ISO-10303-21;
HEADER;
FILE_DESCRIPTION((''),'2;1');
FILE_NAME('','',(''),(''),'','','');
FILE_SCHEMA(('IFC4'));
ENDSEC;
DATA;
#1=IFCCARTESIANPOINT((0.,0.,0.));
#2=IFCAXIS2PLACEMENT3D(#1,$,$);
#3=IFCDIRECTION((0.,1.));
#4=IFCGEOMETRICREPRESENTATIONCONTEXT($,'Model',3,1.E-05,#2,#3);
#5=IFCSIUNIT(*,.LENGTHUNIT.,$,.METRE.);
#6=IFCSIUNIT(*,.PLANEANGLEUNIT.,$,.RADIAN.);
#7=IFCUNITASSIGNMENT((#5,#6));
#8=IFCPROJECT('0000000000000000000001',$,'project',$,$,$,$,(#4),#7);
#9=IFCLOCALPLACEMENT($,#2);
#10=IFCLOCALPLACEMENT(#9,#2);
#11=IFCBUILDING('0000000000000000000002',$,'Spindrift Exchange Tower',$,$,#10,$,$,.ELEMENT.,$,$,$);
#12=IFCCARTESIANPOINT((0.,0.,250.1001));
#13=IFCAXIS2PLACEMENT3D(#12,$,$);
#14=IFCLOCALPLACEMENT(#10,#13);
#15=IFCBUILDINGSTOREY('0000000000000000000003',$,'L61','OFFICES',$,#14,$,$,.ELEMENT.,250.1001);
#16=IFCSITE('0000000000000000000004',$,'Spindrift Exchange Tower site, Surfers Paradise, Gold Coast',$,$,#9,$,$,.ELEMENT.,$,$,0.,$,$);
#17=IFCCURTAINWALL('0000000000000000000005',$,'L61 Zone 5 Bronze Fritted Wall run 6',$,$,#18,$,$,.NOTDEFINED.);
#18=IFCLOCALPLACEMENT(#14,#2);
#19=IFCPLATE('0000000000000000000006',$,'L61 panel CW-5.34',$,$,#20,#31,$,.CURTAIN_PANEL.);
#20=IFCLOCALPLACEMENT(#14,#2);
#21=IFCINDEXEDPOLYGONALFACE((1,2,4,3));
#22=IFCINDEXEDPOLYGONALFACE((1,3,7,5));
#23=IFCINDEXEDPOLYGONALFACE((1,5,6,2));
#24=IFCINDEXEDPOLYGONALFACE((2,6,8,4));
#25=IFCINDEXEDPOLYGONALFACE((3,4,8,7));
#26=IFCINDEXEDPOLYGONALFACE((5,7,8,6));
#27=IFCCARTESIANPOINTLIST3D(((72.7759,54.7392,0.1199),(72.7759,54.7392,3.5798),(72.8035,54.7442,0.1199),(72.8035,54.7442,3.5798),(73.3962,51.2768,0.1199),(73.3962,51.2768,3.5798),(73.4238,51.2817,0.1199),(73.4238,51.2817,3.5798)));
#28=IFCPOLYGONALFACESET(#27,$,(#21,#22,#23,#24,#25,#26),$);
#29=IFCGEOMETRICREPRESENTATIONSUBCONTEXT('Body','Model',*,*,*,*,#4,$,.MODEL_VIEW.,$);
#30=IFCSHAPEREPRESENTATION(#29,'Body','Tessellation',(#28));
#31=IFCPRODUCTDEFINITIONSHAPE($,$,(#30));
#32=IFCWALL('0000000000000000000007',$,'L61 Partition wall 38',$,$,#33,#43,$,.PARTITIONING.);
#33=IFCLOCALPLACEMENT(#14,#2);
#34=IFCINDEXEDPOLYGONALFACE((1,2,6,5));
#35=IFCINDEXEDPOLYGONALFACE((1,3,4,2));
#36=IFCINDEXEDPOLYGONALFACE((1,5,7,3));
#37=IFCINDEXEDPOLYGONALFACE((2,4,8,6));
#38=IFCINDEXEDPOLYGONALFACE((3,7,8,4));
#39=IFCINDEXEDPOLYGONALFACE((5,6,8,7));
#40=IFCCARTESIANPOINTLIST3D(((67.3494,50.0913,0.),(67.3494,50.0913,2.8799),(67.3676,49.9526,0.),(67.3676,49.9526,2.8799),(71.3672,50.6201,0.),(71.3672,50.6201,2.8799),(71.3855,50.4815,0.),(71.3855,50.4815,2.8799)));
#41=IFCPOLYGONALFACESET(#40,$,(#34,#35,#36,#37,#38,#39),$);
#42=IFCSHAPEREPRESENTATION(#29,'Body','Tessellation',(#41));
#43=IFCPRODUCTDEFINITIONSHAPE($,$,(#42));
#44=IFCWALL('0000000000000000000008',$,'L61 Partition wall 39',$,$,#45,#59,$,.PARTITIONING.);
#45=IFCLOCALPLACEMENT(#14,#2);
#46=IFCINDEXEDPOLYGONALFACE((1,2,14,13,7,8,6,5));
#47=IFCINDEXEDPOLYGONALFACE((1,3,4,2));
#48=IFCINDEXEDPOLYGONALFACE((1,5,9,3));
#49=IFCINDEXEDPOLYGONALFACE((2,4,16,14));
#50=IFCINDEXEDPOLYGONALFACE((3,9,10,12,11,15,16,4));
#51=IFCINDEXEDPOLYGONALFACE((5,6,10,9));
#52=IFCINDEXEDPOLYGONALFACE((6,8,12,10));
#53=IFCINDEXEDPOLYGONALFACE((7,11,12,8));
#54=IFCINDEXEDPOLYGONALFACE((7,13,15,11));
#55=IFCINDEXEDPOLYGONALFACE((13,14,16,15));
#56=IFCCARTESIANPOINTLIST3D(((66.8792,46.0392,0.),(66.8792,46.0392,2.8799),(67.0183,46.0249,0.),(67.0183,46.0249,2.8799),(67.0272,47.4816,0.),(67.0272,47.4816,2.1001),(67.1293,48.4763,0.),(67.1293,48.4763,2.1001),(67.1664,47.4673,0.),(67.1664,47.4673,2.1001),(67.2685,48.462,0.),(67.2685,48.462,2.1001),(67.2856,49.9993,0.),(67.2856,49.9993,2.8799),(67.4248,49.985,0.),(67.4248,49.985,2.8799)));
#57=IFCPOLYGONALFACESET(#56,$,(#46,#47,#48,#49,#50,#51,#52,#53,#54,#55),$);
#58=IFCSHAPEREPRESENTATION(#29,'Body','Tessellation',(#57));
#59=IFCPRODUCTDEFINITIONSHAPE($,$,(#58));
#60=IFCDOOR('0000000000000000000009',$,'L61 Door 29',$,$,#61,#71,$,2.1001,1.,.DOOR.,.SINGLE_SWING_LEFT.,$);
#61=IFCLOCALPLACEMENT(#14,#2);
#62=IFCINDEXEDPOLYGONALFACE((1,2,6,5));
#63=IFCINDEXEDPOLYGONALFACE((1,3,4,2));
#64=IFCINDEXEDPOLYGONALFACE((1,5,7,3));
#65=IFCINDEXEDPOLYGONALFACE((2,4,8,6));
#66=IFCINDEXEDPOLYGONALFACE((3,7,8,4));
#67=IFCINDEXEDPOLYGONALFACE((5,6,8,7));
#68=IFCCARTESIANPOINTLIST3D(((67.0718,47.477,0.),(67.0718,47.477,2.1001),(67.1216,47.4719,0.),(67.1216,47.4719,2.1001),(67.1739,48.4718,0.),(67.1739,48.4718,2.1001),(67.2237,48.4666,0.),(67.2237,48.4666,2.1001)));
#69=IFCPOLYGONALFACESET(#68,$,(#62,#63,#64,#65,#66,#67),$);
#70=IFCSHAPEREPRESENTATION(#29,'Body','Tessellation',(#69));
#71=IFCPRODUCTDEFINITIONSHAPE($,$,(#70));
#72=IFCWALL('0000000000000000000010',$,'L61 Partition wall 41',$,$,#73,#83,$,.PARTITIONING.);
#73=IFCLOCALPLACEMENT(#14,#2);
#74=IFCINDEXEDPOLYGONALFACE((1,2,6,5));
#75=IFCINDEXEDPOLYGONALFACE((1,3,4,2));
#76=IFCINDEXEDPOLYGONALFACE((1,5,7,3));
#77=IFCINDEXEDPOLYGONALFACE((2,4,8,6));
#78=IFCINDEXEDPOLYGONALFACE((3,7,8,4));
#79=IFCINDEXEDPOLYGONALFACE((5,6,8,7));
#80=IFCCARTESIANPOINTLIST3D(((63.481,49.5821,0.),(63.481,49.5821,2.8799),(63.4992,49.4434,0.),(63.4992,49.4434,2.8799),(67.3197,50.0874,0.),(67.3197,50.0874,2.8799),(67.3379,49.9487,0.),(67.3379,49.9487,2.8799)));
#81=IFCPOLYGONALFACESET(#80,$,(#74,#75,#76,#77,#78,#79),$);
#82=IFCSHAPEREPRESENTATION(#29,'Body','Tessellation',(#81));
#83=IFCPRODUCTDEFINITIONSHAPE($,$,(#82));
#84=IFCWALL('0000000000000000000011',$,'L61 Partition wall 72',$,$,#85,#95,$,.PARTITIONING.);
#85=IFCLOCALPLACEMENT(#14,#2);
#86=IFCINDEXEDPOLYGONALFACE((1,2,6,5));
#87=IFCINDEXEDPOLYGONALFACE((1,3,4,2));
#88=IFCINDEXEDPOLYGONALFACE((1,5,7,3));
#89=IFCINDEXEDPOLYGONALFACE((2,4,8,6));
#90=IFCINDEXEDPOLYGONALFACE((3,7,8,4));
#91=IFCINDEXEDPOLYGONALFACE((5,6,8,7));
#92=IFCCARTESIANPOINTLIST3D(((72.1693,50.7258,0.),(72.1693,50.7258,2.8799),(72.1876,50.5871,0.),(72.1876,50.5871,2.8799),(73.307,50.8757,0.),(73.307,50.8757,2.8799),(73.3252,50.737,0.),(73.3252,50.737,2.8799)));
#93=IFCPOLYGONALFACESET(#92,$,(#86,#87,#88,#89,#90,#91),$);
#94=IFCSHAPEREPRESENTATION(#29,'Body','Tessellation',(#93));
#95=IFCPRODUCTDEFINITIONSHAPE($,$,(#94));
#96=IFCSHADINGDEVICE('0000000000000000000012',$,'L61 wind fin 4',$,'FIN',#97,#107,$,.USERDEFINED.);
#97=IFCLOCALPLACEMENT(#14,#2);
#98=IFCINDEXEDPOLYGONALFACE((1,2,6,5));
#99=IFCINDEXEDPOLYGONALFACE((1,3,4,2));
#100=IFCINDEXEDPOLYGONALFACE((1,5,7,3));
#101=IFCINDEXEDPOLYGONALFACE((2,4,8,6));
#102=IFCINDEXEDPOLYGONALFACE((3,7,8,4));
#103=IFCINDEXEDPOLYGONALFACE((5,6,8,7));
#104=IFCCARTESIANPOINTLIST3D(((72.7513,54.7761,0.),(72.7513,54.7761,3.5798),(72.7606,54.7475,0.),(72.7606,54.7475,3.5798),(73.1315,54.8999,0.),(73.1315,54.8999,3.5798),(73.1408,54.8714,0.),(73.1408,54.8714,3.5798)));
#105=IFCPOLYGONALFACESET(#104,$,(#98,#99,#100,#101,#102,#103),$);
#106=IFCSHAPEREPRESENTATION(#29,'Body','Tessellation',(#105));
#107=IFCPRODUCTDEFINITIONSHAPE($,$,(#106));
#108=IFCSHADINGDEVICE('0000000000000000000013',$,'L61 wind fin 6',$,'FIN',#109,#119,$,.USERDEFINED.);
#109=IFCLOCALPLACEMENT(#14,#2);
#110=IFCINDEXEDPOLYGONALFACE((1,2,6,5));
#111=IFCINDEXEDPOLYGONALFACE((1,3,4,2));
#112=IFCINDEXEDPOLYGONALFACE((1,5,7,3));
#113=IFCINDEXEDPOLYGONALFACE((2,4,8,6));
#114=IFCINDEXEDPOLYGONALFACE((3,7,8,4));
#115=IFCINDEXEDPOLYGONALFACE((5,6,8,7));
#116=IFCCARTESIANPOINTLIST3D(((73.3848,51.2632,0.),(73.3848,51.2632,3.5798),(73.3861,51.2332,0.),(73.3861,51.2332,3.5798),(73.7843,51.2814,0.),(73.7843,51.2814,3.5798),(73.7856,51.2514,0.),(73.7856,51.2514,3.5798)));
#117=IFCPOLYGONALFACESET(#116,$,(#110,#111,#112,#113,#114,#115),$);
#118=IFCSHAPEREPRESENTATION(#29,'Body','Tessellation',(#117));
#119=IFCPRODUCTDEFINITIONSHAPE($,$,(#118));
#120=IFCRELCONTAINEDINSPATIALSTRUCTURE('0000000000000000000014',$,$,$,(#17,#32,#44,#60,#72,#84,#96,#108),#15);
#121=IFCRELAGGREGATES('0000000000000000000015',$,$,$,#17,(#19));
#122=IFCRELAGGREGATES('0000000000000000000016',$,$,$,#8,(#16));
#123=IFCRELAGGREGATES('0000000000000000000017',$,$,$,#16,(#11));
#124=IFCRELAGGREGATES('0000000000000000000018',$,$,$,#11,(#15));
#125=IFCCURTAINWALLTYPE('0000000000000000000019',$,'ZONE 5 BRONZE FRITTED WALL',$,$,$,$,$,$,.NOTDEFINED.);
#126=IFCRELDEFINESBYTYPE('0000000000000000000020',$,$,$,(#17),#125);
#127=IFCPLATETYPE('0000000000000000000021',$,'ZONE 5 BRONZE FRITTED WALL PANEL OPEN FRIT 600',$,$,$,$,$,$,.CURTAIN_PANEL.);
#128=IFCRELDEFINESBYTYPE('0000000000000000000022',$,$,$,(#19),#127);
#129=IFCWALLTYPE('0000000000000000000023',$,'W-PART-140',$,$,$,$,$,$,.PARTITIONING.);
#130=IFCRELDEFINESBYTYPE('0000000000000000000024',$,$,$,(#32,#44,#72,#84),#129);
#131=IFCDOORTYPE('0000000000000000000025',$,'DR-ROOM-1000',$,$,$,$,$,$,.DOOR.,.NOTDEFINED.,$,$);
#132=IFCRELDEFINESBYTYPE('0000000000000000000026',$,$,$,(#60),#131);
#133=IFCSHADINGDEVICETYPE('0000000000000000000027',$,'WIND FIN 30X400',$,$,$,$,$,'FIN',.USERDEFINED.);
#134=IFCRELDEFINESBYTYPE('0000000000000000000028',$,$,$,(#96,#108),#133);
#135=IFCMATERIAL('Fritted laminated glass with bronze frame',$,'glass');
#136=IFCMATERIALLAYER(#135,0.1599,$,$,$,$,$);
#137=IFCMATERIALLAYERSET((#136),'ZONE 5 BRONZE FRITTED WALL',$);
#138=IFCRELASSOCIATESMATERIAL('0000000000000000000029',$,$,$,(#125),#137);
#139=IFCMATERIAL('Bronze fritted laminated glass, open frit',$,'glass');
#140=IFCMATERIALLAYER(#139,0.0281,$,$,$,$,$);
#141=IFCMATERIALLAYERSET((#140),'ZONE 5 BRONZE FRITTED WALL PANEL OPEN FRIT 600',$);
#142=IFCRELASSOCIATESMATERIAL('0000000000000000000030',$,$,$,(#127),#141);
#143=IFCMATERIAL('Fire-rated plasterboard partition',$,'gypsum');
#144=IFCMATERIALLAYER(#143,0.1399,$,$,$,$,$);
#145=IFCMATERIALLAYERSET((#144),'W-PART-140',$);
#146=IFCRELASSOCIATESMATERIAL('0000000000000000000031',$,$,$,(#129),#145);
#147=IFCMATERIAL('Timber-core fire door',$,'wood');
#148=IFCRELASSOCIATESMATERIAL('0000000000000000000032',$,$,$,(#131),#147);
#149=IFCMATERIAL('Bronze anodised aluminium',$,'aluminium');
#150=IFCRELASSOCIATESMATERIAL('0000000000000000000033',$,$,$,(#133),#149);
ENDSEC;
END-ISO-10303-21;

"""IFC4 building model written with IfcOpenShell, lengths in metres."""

from ifc_helpers import new_model, si_unit, direction, frame, frame_2d, origin, origin_2d, place, context, subcontext, project, spatial, rectangle, extrude, source, transform, mapped, material, layer, layer_set, material_profile, profile_set, type_object, element, fill, aggregate, save


model = new_model("IFC4")

# Units and contexts
model_context = context("Model", 3, precision=1e-05, world=origin(), true_north=direction((0.0, 1.0)))
body_context = subcontext(model_context, "Body", "Model", "MODEL_VIEW")
ifc_project = project(units=[si_unit("LENGTHUNIT", "METRE"), si_unit("PLANEANGLEUNIT", "RADIAN")], contexts=[model_context])

# Site, building, storey
site_placement = place(None, origin())
site = spatial("IfcSite", under=ifc_project, at=site_placement, Name="Spindrift Exchange Tower site, Surfers Paradise, Gold Coast", CompositionType="ELEMENT", RefElevation=0.0)
building_placement = place(site_placement, origin())
building = spatial("IfcBuilding", under=site, at=building_placement, Name="Spindrift Exchange Tower", CompositionType="ELEMENT")
storey_placement = place(building_placement, frame((0.0, 0.0, 250.1001)))
storey = spatial("IfcBuildingStorey", under=building, at=storey_placement, Name="L61", Description="OFFICES", CompositionType="ELEMENT", Elevation=250.1001)

# Curtain wall
ifc_material_1 = material(Name="Fritted laminated glass with bronze frame", Category="glass")
ifc_layer_1 = layer(ifc_material_1, 0.1599)
ifc_layer_set_1 = layer_set([ifc_layer_1], Name="ZONE 5 BRONZE FRITTED WALL")
curtain_wall_type = type_object("IfcCurtainWallType", Name="ZONE 5 BRONZE FRITTED WALL", PredefinedType="NOTDEFINED", material=ifc_layer_set_1)
ifc_material_2 = material(Name="Bronze anodised aluminium", Category="aluminium")
curtain_wall_1_placement = place(storey_placement, origin())
curtain_wall_1 = element("IfcCurtainWall", 1, at=curtain_wall_1_placement, inside=storey, type_object=curtain_wall_type, Name="L61 Zone 5 Bronze Fritted Wall run 6", PredefinedType="NOTDEFINED")

# Plate
ifc_material_3 = material(Name="Bronze fritted laminated glass, open frit", Category="glass")
ifc_layer_2 = layer(ifc_material_3, 0.0281)
ifc_layer_set_2 = layer_set([ifc_layer_2], Name="ZONE 5 BRONZE FRITTED WALL PANEL OPEN FRIT 600")
plate_type_1 = type_object("IfcPlateType", Name="ZONE 5 BRONZE FRITTED WALL PANEL OPEN FRIT 600", PredefinedType="CURTAIN_PANEL", material=ifc_layer_set_2)
shared_shape_1 = source(origin(), body_context, "Body", "SweptSolid", [
    extrude(rectangle(XDim=3.5176, YDim=0.0281, at=origin_2d()), origin(), (0.0, 0.0, 1.0), 3.46),
])
plate_1_placement = place(storey_placement, frame((73.0999, 53.0105, 0.1199), z_axis=(0.0, 0.0, 1.0), x_axis=(-0.176349, 0.984328, 0.0)))
plate_1 = element("IfcPlate", 2, at=plate_1_placement, type_object=plate_type_1, Name="L61 panel CW-5.34", PredefinedType="CURTAIN_PANEL", context=body_context, shape_type="MappedRepresentation", body=[
    mapped(shared_shape_1, transform((0.0, 0.0, 0.0), scale=1.0)),
])
aggregate(curtain_wall_1, [plate_1])

# Wall
ifc_material_4 = material(Name="Fire-rated plasterboard partition", Category="gypsum")
ifc_layer_3 = layer(ifc_material_4, 0.1399)
ifc_layer_set_3 = layer_set([ifc_layer_3], Name="W-PART-140")
wall_type = type_object("IfcWallType", Name="W-PART-140", PredefinedType="PARTITIONING", material=ifc_layer_set_3)
wall_1_placement = place(storey_placement, frame((67.3584, 50.022, 0.0), z_axis=(0.0, 0.0, 1.0), x_axis=(0.99145, 0.13049, 0.0)))
element("IfcWall", 3, at=wall_1_placement, inside=storey, type_object=wall_type, Name="L61 Partition wall 38", PredefinedType="PARTITIONING", context=body_context, shape_type="SweptSolid", body=[
    extrude(rectangle(XDim=4.0525, YDim=0.1399, at=frame_2d((2.0264, 0.0))), origin(), (0.0, 0.0, 1.0), 2.8799),
])

# Wall, opening, door
wall_2_placement = place(storey_placement, frame((67.3552, 49.9922, 0.0), z_axis=(0.0, 0.0, 1.0), x_axis=(-0.102108, -0.994773, 0.0)))
wall_2 = element("IfcWall", 4, at=wall_2_placement, inside=storey, type_object=wall_type, Name="L61 Partition wall 39", PredefinedType="PARTITIONING", context=body_context, shape_type="SweptSolid", body=[
    extrude(rectangle(XDim=3.981, YDim=0.1399, at=frame_2d((1.9905, 0.0))), origin(), (0.0, 0.0, 1.0), 2.8799),
])
opening_placement = place(wall_2_placement, frame((1.531, 0.0, 0.0)))
opening = element("IfcOpeningElement", 5, at=opening_placement, cuts=wall_2, PredefinedType="OPENING", context=body_context, shape_type="SweptSolid", body=[
    extrude(rectangle(XDim=1.0, YDim=2.1001, at=frame_2d((0.5, 1.05))), frame((0.0, 0.0798, 0.0), z_axis=(0.0, -1.0, 0.0), x_axis=(1.0, 0.0, 0.0)), (0.0, 0.0, 1.0), 0.1599),
])
ifc_material_5 = material(Name="Timber-core fire door", Category="wood")
door_type = type_object("IfcDoorType", Name="DR-ROOM-1000", OperationType="NOTDEFINED", PredefinedType="DOOR", material=ifc_material_5)
shared_shape_2 = source(origin(), body_context, "Body", "SweptSolid", [
    extrude(rectangle(XDim=1.0, YDim=2.1001, at=frame_2d((0.5, 1.05))), frame((0.0, 0.0249, 0.0), z_axis=(0.0, -1.0, 0.0), x_axis=(1.0, 0.0, 0.0)), (0.0, 0.0, 1.0), 0.05),
])
door_placement = place(opening_placement, origin())
door = element("IfcDoor", 6, at=door_placement, inside=storey, type_object=door_type, Name="L61 Door 29", OperationType="SINGLE_SWING_LEFT", OverallHeight=2.1001, OverallWidth=1.0, PredefinedType="DOOR", context=body_context, shape_type="MappedRepresentation", body=[
    mapped(shared_shape_2, transform((0.0, 0.0, 0.0), scale=1.0)),
])
fill(opening, door)

# Walls
wall_3_placement = place(storey_placement, frame((63.49, 49.5127, 0.0), z_axis=(0.0, 0.0, 1.0), x_axis=(0.991445, 0.130528, 0.0)))
element("IfcWall", 7, at=wall_3_placement, inside=storey, type_object=wall_type, Name="L61 Partition wall 41", PredefinedType="PARTITIONING", context=body_context, shape_type="SweptSolid", body=[
    extrude(rectangle(XDim=3.8718, YDim=0.1399, at=frame_2d((1.936, 0.0))), origin(), (0.0, 0.0, 1.0), 2.8799),
])
wall_4_placement = place(storey_placement, frame((72.1785, 50.6565, 0.0), z_axis=(0.0, 0.0, 1.0), x_axis=(0.991431, 0.130631, 0.0)))
element("IfcWall", 8, at=wall_4_placement, inside=storey, type_object=wall_type, Name="L61 Partition wall 72", PredefinedType="PARTITIONING", context=body_context, shape_type="SweptSolid", body=[
    extrude(rectangle(XDim=1.1475, YDim=0.1399, at=frame_2d((0.5737, 0.0))), origin(), (0.0, 0.0, 1.0), 2.8799),
])

# Shading devices
ifc_material_profile_1 = material_profile(ifc_material_2, rectangle(XDim=0.03, YDim=0.3999, at=origin_2d()), Name="WIND FIN 30X400")
ifc_profile_set_1 = profile_set([ifc_material_profile_1], Name="Bronze anodised aluminium")
shading_device_type = type_object("IfcShadingDeviceType", Name="WIND FIN 30X400", ElementType="FIN", PredefinedType="USERDEFINED", material=ifc_profile_set_1)
shared_shape_3 = source(origin(), body_context, "Body", "SweptSolid", [
    extrude(rectangle(XDim=0.03, YDim=0.3999, at=origin_2d()), origin(), (0.0, 0.0, 1.0), 3.5798),
])
for number, where, z_axis, x_axis, name in (
    (9, (72.946, 54.8237, 0.0), (0.0, 0.0, 1.0), (-0.309762, 0.950814, 0.0), "L61 wind fin 4"),
    (10, (73.5852, 51.2573, 0.0), (0.0, 0.0, 1.0), (-0.045389, 0.998969, 0.0), "L61 wind fin 6"),
):
    element("IfcShadingDevice", number, at=place(storey_placement, frame(where, z_axis=z_axis, x_axis=x_axis)), inside=storey, type_object=shading_device_type, Name=name, ObjectType="FIN", PredefinedType="USERDEFINED", context=body_context, shape_type="MappedRepresentation", body=[
        mapped(shared_shape_3, transform((0.0, 0.0, 0.0), scale=1.0)),
    ])

save(model, "model.ifc")
